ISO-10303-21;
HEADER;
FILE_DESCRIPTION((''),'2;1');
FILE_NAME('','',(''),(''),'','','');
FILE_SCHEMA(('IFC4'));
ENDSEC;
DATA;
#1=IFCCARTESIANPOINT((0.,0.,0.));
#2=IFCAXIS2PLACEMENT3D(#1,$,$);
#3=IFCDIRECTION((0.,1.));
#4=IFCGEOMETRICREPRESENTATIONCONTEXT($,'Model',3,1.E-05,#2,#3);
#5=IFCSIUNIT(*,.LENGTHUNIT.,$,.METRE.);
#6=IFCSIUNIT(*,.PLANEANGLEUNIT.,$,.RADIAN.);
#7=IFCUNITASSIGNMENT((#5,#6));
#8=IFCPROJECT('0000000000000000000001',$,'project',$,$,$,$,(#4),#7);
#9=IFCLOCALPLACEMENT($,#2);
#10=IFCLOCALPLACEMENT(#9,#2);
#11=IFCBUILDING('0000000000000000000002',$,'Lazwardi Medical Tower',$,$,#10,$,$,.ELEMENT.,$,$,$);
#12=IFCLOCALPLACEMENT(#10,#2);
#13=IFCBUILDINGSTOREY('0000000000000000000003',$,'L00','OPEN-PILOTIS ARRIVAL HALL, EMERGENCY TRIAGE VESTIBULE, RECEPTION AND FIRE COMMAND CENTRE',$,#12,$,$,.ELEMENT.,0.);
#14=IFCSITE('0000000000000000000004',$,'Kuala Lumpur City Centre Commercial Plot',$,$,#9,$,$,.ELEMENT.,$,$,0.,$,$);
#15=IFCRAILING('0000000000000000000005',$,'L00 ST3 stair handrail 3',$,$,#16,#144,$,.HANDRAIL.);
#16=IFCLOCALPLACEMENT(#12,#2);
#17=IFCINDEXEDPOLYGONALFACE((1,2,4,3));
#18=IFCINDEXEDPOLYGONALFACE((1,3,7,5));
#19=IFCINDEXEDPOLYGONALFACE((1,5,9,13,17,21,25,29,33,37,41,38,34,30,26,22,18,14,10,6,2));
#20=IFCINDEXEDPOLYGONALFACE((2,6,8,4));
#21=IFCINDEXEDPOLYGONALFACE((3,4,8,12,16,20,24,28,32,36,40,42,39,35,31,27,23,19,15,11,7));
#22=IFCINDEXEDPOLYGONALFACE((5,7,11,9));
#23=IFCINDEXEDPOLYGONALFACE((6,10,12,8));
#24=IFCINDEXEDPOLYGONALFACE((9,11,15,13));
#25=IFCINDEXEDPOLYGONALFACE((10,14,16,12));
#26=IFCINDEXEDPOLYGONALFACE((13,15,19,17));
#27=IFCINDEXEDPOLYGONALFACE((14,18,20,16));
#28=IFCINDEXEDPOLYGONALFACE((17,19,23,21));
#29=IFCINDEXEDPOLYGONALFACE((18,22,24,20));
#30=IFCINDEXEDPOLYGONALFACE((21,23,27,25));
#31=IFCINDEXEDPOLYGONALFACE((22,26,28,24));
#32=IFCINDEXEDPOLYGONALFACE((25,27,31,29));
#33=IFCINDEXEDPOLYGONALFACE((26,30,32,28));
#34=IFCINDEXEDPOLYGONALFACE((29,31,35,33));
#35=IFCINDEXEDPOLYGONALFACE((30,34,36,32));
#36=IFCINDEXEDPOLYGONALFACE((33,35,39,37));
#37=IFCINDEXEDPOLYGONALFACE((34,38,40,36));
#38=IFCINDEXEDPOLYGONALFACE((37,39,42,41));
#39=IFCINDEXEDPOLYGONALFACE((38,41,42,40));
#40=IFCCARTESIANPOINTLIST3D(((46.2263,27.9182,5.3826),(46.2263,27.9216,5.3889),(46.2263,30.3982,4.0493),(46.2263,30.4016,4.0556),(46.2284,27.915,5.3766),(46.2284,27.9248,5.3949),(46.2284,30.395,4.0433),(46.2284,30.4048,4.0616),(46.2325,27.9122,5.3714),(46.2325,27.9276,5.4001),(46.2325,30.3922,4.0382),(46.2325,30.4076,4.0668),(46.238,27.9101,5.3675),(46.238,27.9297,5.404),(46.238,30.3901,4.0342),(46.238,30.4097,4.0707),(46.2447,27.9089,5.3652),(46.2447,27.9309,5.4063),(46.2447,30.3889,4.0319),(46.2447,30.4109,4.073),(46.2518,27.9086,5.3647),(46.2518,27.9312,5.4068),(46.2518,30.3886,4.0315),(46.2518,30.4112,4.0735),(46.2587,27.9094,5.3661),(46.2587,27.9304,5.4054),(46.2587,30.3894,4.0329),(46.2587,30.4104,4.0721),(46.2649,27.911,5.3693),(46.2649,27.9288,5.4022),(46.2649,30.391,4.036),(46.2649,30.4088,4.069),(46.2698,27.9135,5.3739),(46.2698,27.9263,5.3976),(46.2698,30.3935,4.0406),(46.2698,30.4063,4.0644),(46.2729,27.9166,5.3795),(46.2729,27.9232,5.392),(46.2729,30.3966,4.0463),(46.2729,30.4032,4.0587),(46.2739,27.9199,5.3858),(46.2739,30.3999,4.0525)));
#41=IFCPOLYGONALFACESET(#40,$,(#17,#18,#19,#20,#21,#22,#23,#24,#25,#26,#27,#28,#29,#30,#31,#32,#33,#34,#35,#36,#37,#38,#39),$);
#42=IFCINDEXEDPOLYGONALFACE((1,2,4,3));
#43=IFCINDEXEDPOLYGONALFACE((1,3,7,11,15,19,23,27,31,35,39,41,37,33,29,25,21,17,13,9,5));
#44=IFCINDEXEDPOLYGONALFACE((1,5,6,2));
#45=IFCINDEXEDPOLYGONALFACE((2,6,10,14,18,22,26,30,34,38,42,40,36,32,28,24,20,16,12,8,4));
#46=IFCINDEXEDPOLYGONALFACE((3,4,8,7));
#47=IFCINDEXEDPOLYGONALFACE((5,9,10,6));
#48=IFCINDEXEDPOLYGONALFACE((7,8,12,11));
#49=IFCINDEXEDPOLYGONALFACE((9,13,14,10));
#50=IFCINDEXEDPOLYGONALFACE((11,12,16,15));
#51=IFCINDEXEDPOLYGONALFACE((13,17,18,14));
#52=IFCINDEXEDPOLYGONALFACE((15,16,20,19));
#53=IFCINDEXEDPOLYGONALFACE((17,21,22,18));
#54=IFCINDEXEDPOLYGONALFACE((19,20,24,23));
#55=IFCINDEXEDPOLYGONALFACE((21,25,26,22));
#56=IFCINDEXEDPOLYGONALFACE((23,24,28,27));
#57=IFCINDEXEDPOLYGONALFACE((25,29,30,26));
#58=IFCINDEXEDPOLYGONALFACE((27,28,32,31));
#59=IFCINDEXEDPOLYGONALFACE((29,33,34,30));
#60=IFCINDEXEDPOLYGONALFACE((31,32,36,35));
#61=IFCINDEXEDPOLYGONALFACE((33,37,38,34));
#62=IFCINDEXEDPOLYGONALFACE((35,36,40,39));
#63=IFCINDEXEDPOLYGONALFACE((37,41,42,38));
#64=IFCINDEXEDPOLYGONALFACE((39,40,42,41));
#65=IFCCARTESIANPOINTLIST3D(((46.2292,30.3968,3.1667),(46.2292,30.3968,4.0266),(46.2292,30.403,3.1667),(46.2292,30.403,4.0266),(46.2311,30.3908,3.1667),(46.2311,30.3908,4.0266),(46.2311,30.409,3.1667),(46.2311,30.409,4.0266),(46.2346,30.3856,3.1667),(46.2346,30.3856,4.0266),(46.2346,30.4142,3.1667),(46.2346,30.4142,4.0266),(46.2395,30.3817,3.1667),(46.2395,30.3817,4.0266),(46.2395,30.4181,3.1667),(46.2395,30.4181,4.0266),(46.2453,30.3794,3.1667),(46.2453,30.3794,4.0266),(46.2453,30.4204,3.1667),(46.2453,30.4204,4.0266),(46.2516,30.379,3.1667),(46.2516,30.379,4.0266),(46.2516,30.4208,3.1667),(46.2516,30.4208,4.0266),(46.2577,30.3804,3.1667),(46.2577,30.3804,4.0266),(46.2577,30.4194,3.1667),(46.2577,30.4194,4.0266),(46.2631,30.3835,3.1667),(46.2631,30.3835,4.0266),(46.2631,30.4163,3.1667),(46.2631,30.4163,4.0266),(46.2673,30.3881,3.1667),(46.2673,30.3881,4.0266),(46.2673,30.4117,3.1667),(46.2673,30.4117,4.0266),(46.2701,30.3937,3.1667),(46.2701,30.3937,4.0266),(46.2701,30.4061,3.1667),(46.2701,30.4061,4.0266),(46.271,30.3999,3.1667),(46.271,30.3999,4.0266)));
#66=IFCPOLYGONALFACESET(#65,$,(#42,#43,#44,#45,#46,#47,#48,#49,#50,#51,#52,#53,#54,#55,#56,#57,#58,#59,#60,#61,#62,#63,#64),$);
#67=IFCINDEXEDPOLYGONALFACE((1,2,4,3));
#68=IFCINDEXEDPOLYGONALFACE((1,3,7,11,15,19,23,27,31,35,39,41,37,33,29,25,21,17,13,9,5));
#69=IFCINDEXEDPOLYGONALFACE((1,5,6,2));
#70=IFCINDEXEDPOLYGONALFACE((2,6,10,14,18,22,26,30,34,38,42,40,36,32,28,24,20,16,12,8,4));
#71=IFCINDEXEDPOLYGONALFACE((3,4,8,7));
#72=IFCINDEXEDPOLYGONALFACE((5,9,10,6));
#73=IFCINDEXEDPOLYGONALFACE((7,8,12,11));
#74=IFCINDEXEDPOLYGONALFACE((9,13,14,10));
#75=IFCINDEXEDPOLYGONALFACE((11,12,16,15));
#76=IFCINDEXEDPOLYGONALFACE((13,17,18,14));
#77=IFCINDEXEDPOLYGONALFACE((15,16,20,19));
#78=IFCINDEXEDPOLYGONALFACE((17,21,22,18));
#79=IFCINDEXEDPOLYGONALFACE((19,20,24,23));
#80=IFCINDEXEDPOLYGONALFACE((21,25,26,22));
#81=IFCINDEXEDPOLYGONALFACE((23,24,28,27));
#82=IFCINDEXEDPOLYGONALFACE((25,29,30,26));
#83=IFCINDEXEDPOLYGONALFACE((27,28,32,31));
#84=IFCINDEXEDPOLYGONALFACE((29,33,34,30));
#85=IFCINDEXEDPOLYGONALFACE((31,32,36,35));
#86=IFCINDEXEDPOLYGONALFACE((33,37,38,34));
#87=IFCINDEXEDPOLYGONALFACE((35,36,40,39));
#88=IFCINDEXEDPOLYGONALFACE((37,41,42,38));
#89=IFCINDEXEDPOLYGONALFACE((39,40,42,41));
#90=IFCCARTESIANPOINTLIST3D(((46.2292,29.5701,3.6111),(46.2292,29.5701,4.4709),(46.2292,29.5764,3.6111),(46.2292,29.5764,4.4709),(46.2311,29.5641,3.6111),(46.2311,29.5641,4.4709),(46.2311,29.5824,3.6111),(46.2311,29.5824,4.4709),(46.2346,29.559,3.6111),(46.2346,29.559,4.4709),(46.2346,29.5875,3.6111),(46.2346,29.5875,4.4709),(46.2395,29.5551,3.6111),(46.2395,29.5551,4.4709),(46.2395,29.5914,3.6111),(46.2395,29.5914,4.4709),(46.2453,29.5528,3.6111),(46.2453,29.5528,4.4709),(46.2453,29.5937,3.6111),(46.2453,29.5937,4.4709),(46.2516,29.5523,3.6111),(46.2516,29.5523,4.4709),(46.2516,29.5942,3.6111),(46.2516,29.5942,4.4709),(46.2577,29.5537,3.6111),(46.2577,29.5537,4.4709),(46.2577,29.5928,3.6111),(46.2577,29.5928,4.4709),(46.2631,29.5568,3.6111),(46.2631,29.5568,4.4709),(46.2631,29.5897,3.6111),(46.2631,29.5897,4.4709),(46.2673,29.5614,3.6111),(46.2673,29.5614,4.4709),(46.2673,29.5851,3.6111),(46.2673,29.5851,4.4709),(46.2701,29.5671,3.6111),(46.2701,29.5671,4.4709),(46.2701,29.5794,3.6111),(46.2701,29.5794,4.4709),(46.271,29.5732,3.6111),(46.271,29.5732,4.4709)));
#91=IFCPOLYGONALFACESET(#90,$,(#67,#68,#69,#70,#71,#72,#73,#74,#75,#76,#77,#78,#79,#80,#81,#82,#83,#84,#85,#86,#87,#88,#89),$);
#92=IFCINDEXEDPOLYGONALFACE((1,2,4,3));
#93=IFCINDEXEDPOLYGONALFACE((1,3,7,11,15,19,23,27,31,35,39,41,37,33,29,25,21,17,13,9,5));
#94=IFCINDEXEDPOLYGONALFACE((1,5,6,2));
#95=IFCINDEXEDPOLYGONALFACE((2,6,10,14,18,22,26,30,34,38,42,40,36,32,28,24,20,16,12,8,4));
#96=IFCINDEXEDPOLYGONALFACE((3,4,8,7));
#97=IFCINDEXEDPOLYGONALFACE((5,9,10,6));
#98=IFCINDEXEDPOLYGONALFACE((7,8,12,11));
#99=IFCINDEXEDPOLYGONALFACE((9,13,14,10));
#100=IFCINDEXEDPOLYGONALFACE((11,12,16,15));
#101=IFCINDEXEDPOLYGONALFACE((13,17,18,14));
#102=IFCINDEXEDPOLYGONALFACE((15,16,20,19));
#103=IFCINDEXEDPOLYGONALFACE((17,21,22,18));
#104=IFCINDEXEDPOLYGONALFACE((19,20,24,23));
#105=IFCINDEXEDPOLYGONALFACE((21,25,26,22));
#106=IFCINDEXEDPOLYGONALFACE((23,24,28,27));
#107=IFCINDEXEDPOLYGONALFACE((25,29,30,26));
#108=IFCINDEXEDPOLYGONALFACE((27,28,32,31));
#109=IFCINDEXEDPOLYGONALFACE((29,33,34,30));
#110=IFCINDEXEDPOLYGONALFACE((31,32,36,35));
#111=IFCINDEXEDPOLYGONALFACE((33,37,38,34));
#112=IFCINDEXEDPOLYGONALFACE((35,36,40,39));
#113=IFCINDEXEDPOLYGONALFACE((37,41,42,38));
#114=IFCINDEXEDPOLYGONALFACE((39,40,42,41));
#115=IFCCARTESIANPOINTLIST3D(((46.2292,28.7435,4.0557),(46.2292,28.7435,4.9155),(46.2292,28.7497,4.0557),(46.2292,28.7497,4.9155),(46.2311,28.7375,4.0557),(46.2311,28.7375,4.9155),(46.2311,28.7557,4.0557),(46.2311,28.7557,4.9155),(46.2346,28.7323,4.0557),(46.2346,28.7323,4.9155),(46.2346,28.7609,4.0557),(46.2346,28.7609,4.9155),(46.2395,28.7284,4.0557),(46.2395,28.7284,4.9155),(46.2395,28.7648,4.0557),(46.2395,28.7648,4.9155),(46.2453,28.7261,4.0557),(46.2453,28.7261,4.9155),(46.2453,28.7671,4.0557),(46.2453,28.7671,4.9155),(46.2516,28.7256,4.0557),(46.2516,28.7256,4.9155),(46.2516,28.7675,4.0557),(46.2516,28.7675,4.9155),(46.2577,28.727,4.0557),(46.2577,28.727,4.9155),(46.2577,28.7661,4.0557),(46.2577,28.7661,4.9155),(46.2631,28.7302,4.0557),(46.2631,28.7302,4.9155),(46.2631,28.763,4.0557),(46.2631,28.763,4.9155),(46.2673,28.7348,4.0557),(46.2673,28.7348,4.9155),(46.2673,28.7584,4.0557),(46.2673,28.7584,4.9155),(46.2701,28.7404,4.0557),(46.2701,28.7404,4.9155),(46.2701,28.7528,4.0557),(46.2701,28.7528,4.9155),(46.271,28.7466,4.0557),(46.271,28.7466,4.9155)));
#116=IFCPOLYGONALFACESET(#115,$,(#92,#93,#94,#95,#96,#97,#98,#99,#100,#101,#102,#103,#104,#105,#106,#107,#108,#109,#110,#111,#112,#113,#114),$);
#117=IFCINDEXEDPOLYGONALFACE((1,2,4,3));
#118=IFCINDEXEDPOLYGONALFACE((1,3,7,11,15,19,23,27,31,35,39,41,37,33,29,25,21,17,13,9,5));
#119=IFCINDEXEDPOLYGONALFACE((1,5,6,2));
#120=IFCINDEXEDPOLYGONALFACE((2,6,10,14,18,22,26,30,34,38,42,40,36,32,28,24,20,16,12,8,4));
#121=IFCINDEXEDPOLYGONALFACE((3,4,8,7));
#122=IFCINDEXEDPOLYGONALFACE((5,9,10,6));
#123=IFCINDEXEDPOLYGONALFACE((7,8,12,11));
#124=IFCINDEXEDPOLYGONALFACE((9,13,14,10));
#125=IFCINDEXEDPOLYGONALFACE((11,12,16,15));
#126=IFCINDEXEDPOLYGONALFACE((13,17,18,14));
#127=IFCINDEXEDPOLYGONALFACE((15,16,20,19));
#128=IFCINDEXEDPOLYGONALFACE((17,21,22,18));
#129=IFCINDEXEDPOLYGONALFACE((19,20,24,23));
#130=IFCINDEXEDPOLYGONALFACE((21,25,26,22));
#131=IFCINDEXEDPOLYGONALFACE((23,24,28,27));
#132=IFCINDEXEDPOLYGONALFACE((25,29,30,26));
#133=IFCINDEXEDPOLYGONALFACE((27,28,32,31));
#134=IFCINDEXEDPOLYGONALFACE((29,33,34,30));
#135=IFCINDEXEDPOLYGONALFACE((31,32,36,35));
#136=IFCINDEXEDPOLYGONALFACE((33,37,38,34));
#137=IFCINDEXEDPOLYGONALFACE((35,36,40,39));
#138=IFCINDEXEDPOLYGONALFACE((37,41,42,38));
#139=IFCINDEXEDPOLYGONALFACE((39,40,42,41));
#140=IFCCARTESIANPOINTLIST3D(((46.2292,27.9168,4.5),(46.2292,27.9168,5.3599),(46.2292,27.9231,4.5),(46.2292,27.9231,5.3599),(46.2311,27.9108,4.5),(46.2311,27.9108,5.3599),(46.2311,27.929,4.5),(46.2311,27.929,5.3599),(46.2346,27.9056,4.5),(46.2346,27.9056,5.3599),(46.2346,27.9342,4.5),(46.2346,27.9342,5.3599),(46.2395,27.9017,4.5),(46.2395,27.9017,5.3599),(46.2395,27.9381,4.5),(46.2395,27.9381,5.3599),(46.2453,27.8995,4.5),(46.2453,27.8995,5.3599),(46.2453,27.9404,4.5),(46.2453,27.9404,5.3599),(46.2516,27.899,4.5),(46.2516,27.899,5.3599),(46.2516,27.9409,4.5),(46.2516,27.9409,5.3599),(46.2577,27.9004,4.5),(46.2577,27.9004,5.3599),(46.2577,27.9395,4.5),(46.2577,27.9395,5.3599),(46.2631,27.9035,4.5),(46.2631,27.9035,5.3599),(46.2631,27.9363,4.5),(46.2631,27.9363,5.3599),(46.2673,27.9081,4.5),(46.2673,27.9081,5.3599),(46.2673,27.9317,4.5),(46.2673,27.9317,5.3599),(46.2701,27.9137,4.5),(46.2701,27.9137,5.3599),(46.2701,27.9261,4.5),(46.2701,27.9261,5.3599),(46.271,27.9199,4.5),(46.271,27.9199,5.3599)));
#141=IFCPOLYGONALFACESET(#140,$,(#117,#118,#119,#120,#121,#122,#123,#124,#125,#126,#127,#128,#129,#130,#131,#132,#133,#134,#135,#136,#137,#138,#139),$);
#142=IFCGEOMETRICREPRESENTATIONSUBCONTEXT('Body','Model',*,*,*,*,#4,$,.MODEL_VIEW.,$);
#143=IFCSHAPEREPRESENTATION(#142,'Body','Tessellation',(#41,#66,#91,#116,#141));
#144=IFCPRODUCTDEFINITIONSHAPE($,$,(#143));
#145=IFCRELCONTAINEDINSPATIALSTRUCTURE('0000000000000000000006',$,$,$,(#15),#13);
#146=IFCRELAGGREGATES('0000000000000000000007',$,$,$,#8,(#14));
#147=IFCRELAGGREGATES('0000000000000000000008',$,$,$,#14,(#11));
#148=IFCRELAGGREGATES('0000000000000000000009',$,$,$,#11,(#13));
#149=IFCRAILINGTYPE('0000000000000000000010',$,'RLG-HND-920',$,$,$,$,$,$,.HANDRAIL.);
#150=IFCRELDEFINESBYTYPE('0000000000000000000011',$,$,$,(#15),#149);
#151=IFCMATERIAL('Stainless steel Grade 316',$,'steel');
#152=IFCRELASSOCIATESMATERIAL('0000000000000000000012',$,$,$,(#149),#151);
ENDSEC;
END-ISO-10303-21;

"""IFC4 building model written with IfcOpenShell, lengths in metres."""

from ifc_helpers import new_model, si_unit, direction, frame, origin, origin_2d, place, context, subcontext, project, spatial, circle, extrude, material, type_object, element, save


model = new_model("IFC4")

# Units and contexts
model_context = context("Model", 3, precision=1e-05, world=origin(), true_north=direction((0.0, 1.0)))
body_context = subcontext(model_context, "Body", "Model", "MODEL_VIEW")
ifc_project = project(units=[si_unit("LENGTHUNIT", "METRE"), si_unit("PLANEANGLEUNIT", "RADIAN")], contexts=[model_context])

# Site, building, storey
site_placement = place(None, origin())
site = spatial("IfcSite", under=ifc_project, at=site_placement, Name="Kuala Lumpur City Centre Commercial Plot", CompositionType="ELEMENT", RefElevation=0.0)
building_placement = place(site_placement, origin())
building = spatial("IfcBuilding", under=site, at=building_placement, Name="Lazwardi Medical Tower", CompositionType="ELEMENT")
storey_placement = place(building_placement, origin())
storey = spatial("IfcBuildingStorey", under=building, at=storey_placement, Name="L00", Description="OPEN-PILOTIS ARRIVAL HALL, EMERGENCY TRIAGE VESTIBULE, RECEPTION AND FIRE COMMAND CENTRE", CompositionType="ELEMENT", Elevation=0.0)

# Railing
ifc_material_1 = material(Name="Stainless steel Grade 316", Category="steel")
railing_type_1 = type_object("IfcRailingType", Name="RLG-HND-920", PredefinedType="HANDRAIL", material=ifc_material_1)
for number, where, name in (
    (1, (46.25, 30.3999, 3.1667), "L00 ST3 stair handrail 3"),
):
    element("IfcRailing", number, at=place(storey_placement, frame(where)), inside=storey, type_object=railing_type_1, Name=name, PredefinedType="HANDRAIL", context=body_context, shape_type="SweptSolid", body=[
        extrude(circle(Radius=0.0239, at=origin_2d()), frame((0.0, 0.0, 0.8857), z_axis=(0.0, -0.880786, 0.473515), x_axis=(1.0, 0.0, 0.0)), (0.0, 0.0, 1.0), 2.8157),
        extrude(circle(Radius=0.021, at=origin_2d()), origin(), (0.0, 0.0, 1.0), 0.8599),
        extrude(circle(Radius=0.021, at=origin_2d()), frame((0.0, -0.8267, 0.4443)), (0.0, 0.0, 1.0), 0.8599),
        extrude(circle(Radius=0.021, at=origin_2d()), frame((0.0, -1.6533, 0.8889)), (0.0, 0.0, 1.0), 0.8599),
        extrude(circle(Radius=0.021, at=origin_2d()), frame((0.0, -2.48, 1.3333)), (0.0, 0.0, 1.0), 0.8599),
    ])

save(model, "model.ifc")
